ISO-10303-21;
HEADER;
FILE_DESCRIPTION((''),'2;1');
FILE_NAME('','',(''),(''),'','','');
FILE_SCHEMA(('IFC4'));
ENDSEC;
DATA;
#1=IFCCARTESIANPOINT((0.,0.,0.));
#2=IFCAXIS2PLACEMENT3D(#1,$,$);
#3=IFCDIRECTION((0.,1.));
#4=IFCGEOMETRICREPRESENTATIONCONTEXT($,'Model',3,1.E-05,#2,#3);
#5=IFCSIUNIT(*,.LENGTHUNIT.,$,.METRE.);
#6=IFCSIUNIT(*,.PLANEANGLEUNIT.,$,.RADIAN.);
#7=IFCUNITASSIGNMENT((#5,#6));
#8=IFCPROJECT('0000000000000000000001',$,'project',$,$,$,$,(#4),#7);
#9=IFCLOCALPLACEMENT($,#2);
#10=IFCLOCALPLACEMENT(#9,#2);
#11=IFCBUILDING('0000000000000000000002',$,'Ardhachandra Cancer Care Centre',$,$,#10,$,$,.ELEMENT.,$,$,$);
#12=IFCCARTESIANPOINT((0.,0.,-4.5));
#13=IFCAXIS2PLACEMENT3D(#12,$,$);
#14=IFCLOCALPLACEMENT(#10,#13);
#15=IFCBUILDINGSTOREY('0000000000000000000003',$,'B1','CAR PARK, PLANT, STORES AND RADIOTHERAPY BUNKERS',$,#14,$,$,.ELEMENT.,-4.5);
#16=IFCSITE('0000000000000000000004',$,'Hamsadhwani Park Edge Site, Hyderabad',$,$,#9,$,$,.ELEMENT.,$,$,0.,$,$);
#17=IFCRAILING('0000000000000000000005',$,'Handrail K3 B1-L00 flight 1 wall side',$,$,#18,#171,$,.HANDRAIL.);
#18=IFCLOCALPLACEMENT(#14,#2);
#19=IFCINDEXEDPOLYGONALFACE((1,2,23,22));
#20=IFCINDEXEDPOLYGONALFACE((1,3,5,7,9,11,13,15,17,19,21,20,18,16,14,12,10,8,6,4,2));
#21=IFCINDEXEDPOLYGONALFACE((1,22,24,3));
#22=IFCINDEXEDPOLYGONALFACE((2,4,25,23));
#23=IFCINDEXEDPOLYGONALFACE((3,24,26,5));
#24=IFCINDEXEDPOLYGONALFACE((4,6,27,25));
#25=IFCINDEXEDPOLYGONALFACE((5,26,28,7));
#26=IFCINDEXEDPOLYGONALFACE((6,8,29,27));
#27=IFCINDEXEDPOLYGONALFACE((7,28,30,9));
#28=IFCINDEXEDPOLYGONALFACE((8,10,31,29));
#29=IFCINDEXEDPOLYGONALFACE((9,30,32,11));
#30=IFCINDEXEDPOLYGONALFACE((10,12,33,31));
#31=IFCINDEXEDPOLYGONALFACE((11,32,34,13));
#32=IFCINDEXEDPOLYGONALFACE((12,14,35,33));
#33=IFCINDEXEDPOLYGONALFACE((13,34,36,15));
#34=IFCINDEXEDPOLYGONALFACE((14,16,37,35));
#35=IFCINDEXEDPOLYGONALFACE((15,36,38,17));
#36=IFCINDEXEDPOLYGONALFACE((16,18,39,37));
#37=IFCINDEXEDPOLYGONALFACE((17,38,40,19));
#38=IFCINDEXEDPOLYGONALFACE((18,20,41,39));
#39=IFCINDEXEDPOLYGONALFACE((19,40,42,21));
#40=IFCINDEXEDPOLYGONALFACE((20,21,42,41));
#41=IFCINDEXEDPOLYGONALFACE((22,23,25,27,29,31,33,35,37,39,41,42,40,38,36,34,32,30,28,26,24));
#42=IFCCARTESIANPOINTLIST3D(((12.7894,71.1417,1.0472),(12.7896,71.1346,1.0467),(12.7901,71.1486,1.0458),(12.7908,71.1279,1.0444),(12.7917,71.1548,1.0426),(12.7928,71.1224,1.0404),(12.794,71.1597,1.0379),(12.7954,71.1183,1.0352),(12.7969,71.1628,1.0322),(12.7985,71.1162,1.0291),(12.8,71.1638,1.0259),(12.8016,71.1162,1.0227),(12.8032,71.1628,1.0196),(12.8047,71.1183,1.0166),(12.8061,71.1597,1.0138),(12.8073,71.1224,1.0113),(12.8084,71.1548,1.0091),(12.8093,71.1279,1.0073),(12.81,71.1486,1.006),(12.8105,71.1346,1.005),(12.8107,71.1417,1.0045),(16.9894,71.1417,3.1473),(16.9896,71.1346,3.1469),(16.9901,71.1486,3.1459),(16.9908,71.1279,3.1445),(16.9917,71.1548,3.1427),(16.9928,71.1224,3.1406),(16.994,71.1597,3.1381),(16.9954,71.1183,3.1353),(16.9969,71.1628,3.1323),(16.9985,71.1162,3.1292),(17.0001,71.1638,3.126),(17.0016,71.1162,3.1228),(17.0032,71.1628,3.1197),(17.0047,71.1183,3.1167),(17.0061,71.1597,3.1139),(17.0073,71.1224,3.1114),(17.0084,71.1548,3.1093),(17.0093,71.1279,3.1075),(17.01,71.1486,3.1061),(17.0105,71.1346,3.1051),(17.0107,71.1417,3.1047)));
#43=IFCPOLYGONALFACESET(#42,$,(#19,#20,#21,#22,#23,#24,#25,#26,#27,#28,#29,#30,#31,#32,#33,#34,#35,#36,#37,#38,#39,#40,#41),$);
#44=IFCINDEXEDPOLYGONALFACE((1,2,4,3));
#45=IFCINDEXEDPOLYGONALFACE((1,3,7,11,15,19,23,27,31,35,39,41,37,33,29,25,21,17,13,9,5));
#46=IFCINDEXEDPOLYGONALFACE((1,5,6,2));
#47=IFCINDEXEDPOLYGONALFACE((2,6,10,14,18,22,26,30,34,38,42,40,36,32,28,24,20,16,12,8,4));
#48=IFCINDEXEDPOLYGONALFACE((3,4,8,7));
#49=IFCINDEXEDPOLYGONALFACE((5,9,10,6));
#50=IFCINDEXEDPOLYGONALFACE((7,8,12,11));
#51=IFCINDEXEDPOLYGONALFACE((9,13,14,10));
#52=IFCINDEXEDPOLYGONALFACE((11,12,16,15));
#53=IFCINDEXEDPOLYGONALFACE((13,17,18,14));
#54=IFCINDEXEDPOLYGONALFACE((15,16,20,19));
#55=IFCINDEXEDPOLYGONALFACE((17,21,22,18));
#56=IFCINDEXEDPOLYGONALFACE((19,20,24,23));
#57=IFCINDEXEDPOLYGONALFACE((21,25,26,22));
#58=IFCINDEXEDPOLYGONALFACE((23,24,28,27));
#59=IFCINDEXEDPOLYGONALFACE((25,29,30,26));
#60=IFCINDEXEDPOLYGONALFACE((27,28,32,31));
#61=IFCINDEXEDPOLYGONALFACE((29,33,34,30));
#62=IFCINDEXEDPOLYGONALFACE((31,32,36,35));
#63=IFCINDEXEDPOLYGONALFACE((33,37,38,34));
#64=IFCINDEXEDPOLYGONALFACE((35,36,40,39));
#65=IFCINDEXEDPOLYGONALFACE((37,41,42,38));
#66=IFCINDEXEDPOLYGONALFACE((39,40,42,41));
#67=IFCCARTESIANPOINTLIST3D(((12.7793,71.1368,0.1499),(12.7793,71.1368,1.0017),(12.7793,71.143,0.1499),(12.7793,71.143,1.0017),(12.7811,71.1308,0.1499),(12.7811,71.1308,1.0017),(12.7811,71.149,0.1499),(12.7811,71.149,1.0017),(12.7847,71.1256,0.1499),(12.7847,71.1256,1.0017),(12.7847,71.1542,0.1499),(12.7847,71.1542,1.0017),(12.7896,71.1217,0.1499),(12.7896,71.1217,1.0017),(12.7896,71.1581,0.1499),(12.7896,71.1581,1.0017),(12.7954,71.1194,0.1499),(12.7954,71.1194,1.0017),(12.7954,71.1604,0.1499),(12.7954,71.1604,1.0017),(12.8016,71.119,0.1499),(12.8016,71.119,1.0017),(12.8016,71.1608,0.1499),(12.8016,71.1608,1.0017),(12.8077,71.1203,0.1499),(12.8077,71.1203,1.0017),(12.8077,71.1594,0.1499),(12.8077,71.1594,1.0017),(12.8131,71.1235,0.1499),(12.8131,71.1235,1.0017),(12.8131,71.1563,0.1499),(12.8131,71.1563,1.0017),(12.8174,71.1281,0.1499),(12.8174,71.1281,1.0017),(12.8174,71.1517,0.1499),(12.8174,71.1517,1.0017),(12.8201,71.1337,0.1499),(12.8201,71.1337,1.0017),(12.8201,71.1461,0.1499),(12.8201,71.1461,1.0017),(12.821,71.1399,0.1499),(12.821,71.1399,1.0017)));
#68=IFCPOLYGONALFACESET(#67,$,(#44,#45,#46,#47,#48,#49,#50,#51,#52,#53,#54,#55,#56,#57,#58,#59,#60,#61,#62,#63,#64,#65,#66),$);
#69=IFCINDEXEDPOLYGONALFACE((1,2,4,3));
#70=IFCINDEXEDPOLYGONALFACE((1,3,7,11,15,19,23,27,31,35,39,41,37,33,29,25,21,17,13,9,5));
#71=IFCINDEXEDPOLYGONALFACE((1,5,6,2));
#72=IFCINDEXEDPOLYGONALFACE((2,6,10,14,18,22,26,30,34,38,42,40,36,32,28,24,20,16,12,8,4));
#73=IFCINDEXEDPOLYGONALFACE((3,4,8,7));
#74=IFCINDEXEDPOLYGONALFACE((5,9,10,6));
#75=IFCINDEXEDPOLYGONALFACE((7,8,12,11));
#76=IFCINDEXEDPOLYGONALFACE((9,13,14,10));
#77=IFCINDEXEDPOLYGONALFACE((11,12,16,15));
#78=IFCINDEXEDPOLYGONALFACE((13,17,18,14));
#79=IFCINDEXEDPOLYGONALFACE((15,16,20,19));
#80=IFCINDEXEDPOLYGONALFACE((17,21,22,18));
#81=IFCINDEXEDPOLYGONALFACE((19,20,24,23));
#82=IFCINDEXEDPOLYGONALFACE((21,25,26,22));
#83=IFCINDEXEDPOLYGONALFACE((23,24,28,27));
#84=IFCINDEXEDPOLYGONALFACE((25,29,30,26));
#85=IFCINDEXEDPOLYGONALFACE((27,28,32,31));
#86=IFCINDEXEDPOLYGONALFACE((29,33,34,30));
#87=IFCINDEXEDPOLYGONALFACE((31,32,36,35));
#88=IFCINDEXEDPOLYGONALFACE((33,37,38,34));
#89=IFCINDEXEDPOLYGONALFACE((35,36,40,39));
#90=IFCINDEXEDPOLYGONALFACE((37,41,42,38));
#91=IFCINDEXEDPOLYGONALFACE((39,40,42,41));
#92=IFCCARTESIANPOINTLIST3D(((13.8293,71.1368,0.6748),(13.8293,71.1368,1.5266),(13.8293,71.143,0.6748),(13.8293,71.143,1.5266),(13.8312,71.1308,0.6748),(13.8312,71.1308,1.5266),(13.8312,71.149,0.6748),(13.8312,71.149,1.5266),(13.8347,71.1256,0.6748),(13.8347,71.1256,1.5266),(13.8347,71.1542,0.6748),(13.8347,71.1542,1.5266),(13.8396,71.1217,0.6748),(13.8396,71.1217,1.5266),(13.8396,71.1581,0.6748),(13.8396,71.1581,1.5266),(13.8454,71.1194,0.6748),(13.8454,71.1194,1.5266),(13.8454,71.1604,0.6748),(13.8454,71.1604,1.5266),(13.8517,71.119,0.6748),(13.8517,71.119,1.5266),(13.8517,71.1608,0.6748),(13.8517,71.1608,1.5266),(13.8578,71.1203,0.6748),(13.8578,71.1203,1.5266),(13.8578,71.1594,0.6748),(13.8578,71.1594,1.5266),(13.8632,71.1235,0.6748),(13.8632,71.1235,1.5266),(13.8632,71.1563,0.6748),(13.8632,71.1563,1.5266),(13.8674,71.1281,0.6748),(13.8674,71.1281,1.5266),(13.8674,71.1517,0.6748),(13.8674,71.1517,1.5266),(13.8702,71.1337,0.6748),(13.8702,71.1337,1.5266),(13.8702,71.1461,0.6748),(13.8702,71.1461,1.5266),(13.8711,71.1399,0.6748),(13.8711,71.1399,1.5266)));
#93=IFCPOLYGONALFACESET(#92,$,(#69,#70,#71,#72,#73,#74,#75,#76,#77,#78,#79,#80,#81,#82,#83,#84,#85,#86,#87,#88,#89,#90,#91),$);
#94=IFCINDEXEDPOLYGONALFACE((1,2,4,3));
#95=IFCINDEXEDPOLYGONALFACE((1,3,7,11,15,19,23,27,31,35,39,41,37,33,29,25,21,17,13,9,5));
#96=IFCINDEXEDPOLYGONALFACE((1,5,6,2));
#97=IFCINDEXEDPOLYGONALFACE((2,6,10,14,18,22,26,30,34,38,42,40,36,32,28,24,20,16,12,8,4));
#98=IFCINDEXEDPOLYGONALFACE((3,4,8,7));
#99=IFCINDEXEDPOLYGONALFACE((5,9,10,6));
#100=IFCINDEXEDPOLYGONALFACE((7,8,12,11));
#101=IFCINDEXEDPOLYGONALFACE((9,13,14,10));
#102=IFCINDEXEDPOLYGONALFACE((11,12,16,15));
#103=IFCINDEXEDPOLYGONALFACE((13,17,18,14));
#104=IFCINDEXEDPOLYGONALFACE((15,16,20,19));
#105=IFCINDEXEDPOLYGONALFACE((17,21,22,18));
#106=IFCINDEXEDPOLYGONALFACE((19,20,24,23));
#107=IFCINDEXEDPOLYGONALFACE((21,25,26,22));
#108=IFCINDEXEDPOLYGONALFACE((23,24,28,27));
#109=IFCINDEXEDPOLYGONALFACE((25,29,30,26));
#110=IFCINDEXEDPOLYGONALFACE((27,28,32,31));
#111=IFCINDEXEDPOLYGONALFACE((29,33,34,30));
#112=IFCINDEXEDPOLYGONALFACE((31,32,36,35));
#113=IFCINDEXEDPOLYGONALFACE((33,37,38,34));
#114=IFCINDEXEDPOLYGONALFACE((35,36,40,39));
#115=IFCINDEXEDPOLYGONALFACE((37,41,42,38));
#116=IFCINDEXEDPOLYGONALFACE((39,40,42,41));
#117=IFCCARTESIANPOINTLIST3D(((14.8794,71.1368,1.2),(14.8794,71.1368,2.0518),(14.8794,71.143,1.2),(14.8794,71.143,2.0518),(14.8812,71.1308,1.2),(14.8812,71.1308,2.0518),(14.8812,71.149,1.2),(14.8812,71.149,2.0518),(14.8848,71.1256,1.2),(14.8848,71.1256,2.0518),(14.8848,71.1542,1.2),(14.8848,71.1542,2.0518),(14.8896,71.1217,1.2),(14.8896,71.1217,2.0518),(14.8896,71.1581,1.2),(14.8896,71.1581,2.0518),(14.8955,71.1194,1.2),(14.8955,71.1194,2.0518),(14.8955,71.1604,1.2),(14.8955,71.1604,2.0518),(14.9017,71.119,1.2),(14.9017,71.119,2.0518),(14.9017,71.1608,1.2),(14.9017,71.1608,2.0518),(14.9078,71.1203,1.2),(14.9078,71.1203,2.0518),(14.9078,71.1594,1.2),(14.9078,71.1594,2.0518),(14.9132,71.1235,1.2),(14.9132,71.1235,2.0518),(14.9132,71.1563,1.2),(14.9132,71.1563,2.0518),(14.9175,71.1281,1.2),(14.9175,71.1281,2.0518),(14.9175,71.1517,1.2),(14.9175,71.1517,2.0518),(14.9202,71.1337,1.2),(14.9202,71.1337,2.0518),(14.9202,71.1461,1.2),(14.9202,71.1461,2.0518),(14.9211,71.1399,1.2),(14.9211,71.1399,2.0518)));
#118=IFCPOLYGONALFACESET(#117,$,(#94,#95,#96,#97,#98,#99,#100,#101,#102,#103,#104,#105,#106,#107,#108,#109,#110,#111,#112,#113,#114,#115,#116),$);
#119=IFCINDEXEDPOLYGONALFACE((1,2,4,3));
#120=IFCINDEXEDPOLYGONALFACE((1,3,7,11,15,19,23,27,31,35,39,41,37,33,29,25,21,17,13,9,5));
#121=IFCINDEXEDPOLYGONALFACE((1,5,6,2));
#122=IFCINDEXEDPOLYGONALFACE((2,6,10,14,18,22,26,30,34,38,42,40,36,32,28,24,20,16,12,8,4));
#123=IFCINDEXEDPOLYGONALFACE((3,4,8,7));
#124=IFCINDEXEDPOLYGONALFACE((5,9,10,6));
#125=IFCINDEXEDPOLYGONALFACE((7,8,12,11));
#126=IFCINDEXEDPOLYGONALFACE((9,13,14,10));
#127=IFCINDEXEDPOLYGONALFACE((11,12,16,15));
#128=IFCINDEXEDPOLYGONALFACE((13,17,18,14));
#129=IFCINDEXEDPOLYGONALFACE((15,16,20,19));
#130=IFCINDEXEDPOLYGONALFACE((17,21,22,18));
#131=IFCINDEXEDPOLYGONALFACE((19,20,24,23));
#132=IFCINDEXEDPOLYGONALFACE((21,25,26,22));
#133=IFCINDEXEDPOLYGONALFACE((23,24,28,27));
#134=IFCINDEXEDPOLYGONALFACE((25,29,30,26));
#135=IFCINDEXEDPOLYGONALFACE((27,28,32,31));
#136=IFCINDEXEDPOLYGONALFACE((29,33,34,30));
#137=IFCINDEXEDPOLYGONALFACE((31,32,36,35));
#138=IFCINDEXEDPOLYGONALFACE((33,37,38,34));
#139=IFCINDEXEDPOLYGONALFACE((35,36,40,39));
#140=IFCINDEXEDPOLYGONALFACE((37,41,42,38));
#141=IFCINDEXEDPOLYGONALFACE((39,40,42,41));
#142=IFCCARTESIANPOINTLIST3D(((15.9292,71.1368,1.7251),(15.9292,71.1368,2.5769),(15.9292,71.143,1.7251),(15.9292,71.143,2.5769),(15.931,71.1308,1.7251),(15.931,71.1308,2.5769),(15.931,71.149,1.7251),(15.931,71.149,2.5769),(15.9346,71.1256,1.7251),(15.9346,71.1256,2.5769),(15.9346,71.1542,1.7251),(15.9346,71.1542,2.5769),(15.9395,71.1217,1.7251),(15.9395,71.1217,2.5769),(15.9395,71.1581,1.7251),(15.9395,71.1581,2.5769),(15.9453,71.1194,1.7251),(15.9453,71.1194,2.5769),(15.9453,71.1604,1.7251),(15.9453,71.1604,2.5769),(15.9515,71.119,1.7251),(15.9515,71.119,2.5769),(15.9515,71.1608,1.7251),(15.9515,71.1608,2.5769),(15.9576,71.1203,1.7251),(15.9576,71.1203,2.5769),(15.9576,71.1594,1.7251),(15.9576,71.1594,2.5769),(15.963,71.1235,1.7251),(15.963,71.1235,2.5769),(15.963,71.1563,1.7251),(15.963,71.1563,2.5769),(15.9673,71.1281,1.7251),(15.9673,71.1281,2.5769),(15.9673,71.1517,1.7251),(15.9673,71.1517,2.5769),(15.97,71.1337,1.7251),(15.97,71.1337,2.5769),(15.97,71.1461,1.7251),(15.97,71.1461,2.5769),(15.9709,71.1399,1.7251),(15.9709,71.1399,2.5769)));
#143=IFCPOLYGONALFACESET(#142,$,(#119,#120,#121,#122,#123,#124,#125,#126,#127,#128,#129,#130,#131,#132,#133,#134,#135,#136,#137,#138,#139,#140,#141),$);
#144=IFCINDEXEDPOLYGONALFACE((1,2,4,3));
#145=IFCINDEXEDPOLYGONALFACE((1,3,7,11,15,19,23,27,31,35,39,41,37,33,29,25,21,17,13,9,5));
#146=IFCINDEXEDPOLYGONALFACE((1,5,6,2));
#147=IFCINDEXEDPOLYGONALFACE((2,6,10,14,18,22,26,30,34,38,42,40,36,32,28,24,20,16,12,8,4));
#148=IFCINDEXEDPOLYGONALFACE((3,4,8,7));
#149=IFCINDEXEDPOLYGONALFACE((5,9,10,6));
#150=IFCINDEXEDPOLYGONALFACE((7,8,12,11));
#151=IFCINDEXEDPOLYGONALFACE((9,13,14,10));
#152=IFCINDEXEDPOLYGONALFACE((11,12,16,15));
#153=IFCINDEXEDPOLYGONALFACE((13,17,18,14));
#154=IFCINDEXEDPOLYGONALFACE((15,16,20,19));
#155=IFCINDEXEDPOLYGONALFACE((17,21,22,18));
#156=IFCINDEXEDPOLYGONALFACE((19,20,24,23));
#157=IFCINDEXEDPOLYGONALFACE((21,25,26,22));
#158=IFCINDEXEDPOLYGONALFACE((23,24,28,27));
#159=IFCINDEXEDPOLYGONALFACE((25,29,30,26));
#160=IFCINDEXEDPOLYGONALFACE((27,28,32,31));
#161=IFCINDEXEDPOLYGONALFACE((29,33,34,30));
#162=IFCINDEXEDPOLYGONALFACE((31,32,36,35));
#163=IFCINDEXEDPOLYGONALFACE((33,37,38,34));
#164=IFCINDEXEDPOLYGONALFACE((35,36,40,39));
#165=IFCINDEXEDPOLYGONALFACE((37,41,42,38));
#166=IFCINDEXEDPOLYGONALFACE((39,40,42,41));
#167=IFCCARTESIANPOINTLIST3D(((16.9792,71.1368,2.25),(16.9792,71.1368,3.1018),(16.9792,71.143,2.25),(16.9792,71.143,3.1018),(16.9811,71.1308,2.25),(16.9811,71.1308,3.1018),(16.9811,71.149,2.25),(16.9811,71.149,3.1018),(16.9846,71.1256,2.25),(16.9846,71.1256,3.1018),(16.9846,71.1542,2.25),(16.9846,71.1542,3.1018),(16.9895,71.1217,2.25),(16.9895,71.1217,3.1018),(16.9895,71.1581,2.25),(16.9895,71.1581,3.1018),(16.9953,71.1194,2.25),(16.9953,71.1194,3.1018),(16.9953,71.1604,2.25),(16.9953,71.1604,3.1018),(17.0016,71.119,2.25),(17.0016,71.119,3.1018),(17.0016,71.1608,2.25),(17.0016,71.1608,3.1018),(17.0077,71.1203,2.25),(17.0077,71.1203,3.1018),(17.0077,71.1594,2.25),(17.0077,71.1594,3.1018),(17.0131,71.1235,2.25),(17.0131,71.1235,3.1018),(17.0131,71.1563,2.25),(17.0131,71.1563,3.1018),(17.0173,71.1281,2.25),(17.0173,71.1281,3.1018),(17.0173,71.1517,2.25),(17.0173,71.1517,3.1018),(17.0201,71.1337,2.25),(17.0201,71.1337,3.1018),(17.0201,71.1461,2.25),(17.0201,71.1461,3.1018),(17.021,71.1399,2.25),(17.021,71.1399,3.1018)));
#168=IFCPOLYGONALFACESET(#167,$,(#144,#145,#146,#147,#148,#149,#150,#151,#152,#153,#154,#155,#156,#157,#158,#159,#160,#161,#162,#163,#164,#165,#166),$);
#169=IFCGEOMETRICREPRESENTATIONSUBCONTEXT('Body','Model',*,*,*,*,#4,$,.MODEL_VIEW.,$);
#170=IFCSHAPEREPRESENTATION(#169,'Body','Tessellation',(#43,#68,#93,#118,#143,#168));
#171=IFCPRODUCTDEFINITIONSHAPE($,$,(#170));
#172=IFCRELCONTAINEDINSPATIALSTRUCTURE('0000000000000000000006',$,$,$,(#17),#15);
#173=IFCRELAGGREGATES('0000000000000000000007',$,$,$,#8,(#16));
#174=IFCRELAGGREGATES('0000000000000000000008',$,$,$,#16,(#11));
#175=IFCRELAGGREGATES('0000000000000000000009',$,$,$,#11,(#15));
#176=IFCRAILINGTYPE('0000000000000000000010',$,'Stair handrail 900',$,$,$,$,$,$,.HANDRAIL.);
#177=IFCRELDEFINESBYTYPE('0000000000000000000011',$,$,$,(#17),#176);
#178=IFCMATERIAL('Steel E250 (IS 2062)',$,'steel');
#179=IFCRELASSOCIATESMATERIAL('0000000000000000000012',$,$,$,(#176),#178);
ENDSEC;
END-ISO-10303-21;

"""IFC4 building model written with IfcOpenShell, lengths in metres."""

from ifc_helpers import new_model, si_unit, direction, frame, origin, origin_2d, place, context, subcontext, project, spatial, circle, extrude, material, type_object, element, save


model = new_model("IFC4")

# Units and contexts
model_context = context("Model", 3, precision=1e-05, world=origin(), true_north=direction((0.0, 1.0)))
body_context = subcontext(model_context, "Body", "Model", "MODEL_VIEW")
ifc_project = project(units=[si_unit("LENGTHUNIT", "METRE"), si_unit("PLANEANGLEUNIT", "RADIAN")], contexts=[model_context])

# Site, building, storey
site_placement = place(None, origin())
site = spatial("IfcSite", under=ifc_project, at=site_placement, Name="Hamsadhwani Park Edge Site, Hyderabad", CompositionType="ELEMENT", RefElevation=0.0)
building_placement = place(site_placement, origin())
building = spatial("IfcBuilding", under=site, at=building_placement, Name="Ardhachandra Cancer Care Centre", CompositionType="ELEMENT")
storey_placement = place(building_placement, frame((0.0, 0.0, -4.5)))
storey = spatial("IfcBuildingStorey", under=building, at=storey_placement, Name="B1", Description="CAR PARK, PLANT, STORES AND RADIOTHERAPY BUNKERS", CompositionType="ELEMENT", Elevation=-4.5)

# Railing
ifc_material_1 = material(Name="Steel E250 (IS 2062)", Category="steel")
railing_type = type_object("IfcRailingType", Name="Stair handrail 900", PredefinedType="HANDRAIL", material=ifc_material_1)
for number, where, name in (
    (1, (12.8, 71.1399, 0.1499), "Handrail K3 B1-L00 flight 1 wall side"),
):
    element("IfcRailing", number, at=place(storey_placement, frame(where)), inside=storey, type_object=railing_type, Name=name, PredefinedType="HANDRAIL", context=body_context, shape_type="SweptSolid", body=[
        extrude(circle(Radius=0.0239, at=origin_2d()), frame((0.0, 0.0, 0.876), z_axis=(0.894417, 0.0, 0.447234), x_axis=(0.0, 1.0, 0.0)), (0.0, 0.0, 1.0), 4.6958),
        extrude(circle(Radius=0.021, at=origin_2d()), origin(), (0.0, 0.0, 1.0), 0.8518),
        extrude(circle(Radius=0.021, at=origin_2d()), frame((1.05, 0.0, 0.5249)), (0.0, 0.0, 1.0), 0.8518),
        extrude(circle(Radius=0.021, at=origin_2d()), frame((2.1001, 0.0, 1.05)), (0.0, 0.0, 1.0), 0.8518),
        extrude(circle(Radius=0.021, at=origin_2d()), frame((3.1499, 0.0, 1.5752)), (0.0, 0.0, 1.0), 0.8518),
        extrude(circle(Radius=0.021, at=origin_2d()), frame((4.2, 0.0, 2.1001)), (0.0, 0.0, 1.0), 0.8518),
    ])

save(model, "model.ifc")
